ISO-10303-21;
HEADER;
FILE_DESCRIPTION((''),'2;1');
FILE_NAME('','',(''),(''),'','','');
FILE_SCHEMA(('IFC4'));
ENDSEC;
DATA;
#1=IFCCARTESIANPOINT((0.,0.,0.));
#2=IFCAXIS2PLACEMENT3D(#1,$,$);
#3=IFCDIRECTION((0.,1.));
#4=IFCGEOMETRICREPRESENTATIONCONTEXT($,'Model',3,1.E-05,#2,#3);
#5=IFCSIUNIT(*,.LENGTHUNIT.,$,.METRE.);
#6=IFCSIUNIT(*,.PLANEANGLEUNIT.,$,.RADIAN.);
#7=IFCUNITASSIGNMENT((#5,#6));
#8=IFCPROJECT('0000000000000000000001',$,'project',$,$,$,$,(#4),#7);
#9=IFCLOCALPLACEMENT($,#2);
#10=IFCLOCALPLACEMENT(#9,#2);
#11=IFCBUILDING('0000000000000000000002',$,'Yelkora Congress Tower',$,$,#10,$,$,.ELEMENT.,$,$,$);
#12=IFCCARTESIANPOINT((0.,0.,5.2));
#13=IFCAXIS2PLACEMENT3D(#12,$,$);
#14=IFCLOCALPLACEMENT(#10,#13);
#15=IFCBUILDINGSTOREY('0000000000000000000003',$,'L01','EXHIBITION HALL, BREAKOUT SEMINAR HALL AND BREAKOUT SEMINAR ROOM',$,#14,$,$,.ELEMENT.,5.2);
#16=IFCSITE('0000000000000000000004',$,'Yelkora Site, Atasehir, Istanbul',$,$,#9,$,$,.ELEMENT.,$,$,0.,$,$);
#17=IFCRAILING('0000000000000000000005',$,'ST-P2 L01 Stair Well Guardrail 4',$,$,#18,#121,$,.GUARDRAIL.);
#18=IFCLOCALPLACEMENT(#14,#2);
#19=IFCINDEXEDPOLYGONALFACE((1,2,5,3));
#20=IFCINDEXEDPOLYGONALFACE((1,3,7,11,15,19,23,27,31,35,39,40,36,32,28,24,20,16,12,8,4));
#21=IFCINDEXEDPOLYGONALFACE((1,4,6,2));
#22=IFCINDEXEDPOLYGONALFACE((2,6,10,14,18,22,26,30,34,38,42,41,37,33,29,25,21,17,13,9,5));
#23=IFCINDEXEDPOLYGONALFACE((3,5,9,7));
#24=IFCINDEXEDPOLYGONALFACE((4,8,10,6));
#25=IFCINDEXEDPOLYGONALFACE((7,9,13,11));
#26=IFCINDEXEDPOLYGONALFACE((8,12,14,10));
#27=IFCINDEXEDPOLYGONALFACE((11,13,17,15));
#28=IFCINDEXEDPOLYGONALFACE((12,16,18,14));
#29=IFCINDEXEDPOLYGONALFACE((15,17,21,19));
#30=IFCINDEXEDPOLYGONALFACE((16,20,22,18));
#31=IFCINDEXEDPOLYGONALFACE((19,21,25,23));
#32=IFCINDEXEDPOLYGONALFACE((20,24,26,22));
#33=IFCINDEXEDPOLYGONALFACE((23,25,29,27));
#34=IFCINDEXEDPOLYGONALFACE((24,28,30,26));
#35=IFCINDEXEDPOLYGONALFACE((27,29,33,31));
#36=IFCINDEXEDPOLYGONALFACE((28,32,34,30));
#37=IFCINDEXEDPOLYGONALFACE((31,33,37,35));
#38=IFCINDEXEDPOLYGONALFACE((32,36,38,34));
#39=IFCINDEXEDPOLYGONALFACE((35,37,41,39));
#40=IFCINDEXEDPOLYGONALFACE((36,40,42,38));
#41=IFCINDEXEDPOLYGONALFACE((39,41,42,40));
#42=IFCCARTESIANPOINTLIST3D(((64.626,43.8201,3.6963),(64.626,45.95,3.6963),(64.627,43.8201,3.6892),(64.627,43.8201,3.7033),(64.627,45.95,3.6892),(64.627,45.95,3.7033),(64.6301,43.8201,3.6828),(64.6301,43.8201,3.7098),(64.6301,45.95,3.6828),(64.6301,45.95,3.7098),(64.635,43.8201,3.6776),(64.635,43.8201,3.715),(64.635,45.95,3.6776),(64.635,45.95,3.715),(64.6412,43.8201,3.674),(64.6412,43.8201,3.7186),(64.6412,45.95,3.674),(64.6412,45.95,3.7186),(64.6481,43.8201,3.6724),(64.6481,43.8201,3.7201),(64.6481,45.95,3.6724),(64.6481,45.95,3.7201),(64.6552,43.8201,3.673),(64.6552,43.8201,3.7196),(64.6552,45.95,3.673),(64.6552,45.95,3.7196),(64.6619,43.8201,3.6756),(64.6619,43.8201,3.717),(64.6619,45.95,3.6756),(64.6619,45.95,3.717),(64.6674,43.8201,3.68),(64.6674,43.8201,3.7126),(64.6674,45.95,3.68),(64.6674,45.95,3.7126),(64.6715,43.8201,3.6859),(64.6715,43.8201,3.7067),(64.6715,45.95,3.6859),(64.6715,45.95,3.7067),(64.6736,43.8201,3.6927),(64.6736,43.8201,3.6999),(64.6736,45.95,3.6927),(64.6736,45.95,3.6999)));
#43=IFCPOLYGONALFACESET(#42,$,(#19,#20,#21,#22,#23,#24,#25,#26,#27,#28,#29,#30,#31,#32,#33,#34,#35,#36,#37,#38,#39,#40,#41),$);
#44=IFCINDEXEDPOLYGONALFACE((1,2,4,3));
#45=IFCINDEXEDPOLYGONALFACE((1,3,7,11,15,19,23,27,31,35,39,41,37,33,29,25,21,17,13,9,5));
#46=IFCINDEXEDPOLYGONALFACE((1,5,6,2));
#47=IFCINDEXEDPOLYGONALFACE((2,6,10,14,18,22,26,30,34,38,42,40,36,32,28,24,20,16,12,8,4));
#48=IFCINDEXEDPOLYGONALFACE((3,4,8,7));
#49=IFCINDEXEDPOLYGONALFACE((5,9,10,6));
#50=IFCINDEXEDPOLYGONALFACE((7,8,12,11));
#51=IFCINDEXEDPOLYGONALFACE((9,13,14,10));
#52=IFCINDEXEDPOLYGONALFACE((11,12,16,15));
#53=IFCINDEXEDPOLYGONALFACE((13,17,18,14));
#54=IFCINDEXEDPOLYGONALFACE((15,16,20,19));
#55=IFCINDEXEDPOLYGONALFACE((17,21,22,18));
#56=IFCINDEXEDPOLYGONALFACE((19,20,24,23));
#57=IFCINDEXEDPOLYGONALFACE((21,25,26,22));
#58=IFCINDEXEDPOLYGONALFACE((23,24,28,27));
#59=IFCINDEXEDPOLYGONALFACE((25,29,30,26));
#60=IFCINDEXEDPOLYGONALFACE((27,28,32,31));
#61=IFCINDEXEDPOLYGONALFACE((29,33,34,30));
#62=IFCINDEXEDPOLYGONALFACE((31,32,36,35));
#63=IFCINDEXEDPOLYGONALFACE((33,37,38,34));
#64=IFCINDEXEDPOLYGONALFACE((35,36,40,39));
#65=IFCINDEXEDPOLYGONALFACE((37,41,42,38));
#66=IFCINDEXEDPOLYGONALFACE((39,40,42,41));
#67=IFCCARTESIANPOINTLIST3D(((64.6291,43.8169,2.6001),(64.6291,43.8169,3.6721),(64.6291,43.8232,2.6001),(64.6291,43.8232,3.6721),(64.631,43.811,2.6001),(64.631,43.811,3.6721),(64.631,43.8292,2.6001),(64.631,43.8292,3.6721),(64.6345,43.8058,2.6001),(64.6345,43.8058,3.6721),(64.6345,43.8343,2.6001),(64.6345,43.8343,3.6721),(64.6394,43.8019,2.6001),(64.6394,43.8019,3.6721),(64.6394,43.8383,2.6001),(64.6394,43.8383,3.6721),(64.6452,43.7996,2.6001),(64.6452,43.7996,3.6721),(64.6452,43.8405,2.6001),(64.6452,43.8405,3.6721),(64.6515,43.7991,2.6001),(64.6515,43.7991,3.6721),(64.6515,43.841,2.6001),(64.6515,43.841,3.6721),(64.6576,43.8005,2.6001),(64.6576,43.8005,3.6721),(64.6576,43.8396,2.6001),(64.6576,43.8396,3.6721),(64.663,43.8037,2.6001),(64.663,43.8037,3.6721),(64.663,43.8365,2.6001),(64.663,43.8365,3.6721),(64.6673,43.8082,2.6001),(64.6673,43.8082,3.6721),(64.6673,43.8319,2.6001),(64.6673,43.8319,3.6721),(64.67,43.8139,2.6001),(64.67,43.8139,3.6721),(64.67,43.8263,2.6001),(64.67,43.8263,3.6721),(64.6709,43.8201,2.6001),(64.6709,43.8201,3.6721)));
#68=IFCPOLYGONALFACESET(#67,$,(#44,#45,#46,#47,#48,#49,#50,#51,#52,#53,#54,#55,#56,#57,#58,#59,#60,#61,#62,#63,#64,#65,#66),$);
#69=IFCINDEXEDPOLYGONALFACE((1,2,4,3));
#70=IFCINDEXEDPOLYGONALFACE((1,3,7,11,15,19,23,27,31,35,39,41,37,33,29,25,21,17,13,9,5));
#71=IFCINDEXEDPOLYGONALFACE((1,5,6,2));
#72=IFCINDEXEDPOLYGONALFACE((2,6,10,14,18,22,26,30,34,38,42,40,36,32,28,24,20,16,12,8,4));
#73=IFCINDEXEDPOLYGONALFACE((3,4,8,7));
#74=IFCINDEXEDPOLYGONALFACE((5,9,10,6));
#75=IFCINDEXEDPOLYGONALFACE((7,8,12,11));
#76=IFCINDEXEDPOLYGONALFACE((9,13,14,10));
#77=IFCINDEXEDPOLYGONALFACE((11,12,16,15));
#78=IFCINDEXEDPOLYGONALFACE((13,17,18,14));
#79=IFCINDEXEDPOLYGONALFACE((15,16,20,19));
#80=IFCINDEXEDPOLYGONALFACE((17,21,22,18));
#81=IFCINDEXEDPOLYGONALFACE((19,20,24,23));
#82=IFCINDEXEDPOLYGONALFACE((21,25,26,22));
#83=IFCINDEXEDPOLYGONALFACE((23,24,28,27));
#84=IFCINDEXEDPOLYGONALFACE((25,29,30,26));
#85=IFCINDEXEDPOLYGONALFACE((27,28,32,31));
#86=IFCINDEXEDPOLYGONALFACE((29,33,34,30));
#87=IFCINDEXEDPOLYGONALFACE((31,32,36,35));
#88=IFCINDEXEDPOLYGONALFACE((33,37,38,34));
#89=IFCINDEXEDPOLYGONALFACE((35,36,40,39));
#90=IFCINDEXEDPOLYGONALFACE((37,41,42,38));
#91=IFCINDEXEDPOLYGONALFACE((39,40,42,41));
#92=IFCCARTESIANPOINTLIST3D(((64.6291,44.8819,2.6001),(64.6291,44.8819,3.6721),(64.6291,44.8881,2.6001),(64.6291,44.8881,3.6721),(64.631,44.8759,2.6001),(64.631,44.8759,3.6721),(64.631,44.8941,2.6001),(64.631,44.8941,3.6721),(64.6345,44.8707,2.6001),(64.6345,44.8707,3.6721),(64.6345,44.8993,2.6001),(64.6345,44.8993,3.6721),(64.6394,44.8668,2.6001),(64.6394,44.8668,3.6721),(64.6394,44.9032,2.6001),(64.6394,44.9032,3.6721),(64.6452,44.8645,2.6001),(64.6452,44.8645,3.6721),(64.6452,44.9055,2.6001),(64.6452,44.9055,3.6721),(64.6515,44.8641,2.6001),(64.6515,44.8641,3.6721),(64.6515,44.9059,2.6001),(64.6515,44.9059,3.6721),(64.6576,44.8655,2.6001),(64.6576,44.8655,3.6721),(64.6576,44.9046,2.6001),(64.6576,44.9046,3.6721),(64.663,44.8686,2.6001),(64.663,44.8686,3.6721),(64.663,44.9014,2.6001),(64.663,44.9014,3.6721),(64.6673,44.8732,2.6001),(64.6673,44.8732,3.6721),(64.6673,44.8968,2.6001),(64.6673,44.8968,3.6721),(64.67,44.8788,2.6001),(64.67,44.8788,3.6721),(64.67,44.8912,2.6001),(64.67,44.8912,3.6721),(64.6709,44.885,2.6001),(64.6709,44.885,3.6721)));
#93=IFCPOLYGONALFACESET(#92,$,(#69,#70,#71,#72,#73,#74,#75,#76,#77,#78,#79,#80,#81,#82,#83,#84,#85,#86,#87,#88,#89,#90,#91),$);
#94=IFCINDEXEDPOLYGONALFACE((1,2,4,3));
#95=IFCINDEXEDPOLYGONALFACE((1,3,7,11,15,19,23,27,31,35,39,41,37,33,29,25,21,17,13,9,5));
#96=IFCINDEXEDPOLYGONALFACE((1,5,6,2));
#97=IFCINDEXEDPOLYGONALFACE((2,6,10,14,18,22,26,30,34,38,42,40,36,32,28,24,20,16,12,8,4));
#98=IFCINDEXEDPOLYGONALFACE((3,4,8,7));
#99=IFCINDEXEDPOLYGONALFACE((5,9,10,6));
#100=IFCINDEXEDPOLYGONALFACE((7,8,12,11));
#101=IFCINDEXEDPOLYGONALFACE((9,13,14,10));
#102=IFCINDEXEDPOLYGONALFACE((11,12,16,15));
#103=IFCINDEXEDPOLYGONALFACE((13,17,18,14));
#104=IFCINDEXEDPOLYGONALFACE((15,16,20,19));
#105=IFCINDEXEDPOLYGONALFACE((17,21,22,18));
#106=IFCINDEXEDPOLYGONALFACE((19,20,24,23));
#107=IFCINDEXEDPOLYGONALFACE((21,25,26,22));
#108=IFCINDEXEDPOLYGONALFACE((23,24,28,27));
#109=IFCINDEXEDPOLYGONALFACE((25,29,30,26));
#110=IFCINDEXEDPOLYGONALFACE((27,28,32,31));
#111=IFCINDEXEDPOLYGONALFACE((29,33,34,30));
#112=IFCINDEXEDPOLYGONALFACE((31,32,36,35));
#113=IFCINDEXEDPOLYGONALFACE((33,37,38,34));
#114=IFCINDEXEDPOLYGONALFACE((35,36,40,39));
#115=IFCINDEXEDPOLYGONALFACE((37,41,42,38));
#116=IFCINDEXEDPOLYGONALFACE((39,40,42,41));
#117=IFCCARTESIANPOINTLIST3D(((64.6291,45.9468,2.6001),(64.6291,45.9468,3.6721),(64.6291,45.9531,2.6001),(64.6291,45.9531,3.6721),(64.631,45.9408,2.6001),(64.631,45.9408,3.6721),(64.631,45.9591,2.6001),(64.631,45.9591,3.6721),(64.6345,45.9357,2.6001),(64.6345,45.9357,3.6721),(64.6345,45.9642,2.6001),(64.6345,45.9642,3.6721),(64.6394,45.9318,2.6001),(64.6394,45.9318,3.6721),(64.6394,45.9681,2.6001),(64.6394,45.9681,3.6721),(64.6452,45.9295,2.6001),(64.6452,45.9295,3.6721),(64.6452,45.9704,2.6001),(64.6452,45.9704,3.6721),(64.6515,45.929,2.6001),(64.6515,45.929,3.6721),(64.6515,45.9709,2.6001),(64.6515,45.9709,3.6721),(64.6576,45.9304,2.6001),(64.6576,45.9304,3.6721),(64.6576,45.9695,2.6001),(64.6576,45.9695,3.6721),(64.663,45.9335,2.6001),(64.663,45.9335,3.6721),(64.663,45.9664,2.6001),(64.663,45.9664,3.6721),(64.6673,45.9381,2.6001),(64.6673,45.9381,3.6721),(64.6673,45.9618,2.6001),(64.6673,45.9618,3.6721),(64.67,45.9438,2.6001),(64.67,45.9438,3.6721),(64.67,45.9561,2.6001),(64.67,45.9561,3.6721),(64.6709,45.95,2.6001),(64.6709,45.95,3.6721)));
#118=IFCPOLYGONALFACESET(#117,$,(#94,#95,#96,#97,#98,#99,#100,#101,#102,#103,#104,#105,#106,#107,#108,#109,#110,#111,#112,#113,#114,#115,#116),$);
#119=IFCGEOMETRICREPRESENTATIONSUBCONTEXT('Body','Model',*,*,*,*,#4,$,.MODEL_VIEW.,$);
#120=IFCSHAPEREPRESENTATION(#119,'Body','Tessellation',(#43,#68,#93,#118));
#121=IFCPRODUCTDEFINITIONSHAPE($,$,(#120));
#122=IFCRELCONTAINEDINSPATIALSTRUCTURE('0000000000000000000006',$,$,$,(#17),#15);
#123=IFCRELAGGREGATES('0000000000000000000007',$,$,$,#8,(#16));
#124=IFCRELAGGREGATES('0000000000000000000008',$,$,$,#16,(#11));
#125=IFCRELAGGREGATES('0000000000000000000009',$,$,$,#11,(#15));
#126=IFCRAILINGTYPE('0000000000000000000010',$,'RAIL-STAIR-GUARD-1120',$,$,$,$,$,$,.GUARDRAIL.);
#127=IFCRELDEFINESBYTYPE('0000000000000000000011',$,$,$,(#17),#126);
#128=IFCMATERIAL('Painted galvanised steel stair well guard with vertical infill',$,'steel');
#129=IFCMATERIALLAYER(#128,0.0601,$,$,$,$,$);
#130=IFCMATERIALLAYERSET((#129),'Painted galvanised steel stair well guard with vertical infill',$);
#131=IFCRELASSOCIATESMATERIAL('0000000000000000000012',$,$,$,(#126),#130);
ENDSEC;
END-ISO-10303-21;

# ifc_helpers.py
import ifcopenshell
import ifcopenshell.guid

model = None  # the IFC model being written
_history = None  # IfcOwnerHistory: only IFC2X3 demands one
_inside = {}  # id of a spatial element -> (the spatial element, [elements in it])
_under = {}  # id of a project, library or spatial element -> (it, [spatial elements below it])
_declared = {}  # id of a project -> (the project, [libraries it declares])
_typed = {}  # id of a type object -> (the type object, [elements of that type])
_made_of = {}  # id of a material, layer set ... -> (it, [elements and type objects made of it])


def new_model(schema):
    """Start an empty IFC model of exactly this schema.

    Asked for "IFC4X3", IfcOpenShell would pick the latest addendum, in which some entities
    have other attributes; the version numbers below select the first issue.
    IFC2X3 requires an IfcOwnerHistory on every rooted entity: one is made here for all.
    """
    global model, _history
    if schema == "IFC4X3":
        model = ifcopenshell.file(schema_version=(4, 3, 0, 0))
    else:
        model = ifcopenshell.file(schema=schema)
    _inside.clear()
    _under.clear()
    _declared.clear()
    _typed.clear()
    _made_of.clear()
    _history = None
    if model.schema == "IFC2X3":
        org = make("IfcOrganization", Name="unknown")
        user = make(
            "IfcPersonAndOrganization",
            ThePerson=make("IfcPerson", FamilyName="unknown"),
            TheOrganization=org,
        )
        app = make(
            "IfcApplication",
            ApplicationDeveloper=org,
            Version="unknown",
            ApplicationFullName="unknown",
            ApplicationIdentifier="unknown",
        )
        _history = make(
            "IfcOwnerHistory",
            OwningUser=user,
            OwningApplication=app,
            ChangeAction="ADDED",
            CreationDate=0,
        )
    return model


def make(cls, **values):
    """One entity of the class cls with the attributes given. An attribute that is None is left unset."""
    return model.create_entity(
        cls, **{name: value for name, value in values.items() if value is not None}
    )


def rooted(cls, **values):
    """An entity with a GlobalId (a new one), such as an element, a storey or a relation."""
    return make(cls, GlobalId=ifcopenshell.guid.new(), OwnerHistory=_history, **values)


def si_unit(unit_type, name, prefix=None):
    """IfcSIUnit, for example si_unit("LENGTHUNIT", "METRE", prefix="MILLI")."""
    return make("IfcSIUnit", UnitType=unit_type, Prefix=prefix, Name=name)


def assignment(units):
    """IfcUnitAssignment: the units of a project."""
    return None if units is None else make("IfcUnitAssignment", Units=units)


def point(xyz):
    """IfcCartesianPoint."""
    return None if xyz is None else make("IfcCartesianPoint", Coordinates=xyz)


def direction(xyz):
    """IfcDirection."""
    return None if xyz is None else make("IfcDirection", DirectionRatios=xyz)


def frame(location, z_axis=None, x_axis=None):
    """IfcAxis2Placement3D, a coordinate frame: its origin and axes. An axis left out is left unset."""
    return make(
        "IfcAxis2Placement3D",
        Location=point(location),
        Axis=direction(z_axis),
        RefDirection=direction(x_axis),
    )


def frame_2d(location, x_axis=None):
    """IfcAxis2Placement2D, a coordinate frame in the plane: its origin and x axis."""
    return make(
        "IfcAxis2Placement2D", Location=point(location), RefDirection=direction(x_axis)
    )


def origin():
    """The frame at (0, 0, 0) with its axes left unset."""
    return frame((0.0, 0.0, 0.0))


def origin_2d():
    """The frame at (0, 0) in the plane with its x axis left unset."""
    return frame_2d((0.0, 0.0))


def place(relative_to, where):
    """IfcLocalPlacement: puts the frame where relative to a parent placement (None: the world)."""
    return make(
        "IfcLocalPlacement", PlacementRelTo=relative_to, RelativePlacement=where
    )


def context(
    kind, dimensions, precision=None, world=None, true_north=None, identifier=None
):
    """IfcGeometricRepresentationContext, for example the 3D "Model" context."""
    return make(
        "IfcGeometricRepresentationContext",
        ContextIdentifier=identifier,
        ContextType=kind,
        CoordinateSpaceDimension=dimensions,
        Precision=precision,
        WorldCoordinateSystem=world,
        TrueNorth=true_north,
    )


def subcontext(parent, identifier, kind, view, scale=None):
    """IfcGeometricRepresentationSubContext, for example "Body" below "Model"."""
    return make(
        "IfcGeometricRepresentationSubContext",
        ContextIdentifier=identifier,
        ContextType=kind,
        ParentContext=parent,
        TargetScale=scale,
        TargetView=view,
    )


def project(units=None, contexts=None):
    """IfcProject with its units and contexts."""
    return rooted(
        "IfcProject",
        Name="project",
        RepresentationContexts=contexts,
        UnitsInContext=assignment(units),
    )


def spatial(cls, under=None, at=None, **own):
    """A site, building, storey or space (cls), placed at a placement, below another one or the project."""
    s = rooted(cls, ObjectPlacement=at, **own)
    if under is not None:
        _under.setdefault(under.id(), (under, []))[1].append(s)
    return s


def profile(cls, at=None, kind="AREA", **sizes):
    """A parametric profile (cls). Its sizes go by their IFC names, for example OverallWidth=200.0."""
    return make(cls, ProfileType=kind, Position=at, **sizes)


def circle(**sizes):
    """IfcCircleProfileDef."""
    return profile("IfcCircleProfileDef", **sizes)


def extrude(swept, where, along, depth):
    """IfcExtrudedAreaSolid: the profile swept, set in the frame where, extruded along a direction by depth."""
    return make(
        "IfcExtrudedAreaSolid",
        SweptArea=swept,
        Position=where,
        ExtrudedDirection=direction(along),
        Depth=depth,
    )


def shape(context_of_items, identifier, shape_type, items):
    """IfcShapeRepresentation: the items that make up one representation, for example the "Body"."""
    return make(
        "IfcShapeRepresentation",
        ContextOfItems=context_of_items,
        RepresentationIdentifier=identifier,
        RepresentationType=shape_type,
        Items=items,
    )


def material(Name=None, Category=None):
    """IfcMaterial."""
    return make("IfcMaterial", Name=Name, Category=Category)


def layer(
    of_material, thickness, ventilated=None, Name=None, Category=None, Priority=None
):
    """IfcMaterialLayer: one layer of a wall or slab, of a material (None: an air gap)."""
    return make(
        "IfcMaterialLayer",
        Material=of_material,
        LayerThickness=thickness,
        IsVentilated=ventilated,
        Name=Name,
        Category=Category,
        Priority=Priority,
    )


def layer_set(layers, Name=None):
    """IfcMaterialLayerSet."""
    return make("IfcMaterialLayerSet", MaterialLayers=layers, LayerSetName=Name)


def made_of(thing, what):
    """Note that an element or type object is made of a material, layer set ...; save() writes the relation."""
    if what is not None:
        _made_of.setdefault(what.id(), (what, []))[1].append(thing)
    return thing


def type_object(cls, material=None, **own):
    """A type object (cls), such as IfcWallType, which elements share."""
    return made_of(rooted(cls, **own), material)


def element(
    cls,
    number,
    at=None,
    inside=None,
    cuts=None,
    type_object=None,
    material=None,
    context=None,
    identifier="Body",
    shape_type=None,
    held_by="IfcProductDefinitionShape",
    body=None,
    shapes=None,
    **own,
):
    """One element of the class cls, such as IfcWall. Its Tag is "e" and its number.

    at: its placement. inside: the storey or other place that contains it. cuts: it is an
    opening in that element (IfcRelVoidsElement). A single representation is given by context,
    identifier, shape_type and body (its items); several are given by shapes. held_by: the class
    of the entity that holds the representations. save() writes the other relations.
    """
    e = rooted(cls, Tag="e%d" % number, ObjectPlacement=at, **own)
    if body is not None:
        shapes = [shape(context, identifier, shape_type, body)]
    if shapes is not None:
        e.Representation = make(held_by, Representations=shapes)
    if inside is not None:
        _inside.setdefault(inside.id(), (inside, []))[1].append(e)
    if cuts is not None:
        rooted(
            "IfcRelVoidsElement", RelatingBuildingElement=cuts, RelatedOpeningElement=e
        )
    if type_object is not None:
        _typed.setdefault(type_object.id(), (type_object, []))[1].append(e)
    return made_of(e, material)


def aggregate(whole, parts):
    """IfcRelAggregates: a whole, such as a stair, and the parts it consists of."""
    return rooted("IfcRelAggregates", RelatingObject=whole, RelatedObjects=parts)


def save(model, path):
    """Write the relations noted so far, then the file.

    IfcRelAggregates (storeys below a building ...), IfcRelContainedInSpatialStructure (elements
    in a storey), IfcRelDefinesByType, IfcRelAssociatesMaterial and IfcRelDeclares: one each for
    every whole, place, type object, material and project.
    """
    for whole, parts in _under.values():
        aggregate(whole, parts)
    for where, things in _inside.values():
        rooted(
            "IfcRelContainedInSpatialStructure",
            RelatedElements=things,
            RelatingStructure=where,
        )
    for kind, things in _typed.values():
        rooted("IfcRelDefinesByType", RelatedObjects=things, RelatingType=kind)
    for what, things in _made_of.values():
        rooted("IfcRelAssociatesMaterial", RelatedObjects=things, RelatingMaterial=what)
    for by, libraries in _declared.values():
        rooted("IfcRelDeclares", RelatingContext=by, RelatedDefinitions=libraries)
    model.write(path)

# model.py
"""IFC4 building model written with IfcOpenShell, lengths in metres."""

from ifc_helpers import new_model, si_unit, direction, frame, origin, origin_2d, place, context, subcontext, project, spatial, circle, extrude, material, layer, layer_set, type_object, element, save


model = new_model("IFC4")

# Units and contexts
model_context = context("Model", 3, precision=1e-05, world=origin(), true_north=direction((0.0, 1.0)))
body_context = subcontext(model_context, "Body", "Model", "MODEL_VIEW")
ifc_project = project(units=[si_unit("LENGTHUNIT", "METRE"), si_unit("PLANEANGLEUNIT", "RADIAN")], contexts=[model_context])

# Site, building, storey
site_placement = place(None, origin())
site = spatial("IfcSite", under=ifc_project, at=site_placement, Name="Yelkora Site, Atasehir, Istanbul", CompositionType="ELEMENT", RefElevation=0.0)
building_placement = place(site_placement, origin())
building = spatial("IfcBuilding", under=site, at=building_placement, Name="Yelkora Congress Tower", CompositionType="ELEMENT")
storey_placement = place(building_placement, frame((0.0, 0.0, 5.2)))
storey = spatial("IfcBuildingStorey", under=building, at=storey_placement, Name="L01", Description="EXHIBITION HALL, BREAKOUT SEMINAR HALL AND BREAKOUT SEMINAR ROOM", CompositionType="ELEMENT", Elevation=5.2)

# Railing
ifc_material_1 = material(Name="Painted galvanised steel stair well guard with vertical infill", Category="steel")
ifc_layer_1 = layer(ifc_material_1, 0.0601)
ifc_layer_set_1 = layer_set([ifc_layer_1], Name="Painted galvanised steel stair well guard with vertical infill")
railing_type_1 = type_object("IfcRailingType", Name="RAIL-STAIR-GUARD-1120", PredefinedType="GUARDRAIL", material=ifc_layer_set_1)
for number, where, name in (
    (1, (64.6499, 43.8201, 2.6001), "ST-P2 L01 Stair Well Guardrail 4"),
):
    element("IfcRailing", number, at=place(storey_placement, frame(where)), inside=storey, type_object=railing_type_1, Name=name, PredefinedType="GUARDRAIL", context=body_context, shape_type="SweptSolid", body=[
        extrude(circle(Radius=0.0239, at=origin_2d()), frame((0.0, 0.0, 1.0962), z_axis=(0.0, 1.0, 0.0), x_axis=(-1.0, 0.0, 0.0)), (0.0, 0.0, 1.0), 2.1299),
        extrude(circle(Radius=0.021, at=origin_2d()), origin(), (0.0, 0.0, 1.0), 1.072),
        extrude(circle(Radius=0.021, at=origin_2d()), frame((0.0, 1.0649, 0.0)), (0.0, 0.0, 1.0), 1.072),
        extrude(circle(Radius=0.021, at=origin_2d()), frame((0.0, 2.1299, 0.0)), (0.0, 0.0, 1.0), 1.072),
    ])

save(model, "model.ifc")
